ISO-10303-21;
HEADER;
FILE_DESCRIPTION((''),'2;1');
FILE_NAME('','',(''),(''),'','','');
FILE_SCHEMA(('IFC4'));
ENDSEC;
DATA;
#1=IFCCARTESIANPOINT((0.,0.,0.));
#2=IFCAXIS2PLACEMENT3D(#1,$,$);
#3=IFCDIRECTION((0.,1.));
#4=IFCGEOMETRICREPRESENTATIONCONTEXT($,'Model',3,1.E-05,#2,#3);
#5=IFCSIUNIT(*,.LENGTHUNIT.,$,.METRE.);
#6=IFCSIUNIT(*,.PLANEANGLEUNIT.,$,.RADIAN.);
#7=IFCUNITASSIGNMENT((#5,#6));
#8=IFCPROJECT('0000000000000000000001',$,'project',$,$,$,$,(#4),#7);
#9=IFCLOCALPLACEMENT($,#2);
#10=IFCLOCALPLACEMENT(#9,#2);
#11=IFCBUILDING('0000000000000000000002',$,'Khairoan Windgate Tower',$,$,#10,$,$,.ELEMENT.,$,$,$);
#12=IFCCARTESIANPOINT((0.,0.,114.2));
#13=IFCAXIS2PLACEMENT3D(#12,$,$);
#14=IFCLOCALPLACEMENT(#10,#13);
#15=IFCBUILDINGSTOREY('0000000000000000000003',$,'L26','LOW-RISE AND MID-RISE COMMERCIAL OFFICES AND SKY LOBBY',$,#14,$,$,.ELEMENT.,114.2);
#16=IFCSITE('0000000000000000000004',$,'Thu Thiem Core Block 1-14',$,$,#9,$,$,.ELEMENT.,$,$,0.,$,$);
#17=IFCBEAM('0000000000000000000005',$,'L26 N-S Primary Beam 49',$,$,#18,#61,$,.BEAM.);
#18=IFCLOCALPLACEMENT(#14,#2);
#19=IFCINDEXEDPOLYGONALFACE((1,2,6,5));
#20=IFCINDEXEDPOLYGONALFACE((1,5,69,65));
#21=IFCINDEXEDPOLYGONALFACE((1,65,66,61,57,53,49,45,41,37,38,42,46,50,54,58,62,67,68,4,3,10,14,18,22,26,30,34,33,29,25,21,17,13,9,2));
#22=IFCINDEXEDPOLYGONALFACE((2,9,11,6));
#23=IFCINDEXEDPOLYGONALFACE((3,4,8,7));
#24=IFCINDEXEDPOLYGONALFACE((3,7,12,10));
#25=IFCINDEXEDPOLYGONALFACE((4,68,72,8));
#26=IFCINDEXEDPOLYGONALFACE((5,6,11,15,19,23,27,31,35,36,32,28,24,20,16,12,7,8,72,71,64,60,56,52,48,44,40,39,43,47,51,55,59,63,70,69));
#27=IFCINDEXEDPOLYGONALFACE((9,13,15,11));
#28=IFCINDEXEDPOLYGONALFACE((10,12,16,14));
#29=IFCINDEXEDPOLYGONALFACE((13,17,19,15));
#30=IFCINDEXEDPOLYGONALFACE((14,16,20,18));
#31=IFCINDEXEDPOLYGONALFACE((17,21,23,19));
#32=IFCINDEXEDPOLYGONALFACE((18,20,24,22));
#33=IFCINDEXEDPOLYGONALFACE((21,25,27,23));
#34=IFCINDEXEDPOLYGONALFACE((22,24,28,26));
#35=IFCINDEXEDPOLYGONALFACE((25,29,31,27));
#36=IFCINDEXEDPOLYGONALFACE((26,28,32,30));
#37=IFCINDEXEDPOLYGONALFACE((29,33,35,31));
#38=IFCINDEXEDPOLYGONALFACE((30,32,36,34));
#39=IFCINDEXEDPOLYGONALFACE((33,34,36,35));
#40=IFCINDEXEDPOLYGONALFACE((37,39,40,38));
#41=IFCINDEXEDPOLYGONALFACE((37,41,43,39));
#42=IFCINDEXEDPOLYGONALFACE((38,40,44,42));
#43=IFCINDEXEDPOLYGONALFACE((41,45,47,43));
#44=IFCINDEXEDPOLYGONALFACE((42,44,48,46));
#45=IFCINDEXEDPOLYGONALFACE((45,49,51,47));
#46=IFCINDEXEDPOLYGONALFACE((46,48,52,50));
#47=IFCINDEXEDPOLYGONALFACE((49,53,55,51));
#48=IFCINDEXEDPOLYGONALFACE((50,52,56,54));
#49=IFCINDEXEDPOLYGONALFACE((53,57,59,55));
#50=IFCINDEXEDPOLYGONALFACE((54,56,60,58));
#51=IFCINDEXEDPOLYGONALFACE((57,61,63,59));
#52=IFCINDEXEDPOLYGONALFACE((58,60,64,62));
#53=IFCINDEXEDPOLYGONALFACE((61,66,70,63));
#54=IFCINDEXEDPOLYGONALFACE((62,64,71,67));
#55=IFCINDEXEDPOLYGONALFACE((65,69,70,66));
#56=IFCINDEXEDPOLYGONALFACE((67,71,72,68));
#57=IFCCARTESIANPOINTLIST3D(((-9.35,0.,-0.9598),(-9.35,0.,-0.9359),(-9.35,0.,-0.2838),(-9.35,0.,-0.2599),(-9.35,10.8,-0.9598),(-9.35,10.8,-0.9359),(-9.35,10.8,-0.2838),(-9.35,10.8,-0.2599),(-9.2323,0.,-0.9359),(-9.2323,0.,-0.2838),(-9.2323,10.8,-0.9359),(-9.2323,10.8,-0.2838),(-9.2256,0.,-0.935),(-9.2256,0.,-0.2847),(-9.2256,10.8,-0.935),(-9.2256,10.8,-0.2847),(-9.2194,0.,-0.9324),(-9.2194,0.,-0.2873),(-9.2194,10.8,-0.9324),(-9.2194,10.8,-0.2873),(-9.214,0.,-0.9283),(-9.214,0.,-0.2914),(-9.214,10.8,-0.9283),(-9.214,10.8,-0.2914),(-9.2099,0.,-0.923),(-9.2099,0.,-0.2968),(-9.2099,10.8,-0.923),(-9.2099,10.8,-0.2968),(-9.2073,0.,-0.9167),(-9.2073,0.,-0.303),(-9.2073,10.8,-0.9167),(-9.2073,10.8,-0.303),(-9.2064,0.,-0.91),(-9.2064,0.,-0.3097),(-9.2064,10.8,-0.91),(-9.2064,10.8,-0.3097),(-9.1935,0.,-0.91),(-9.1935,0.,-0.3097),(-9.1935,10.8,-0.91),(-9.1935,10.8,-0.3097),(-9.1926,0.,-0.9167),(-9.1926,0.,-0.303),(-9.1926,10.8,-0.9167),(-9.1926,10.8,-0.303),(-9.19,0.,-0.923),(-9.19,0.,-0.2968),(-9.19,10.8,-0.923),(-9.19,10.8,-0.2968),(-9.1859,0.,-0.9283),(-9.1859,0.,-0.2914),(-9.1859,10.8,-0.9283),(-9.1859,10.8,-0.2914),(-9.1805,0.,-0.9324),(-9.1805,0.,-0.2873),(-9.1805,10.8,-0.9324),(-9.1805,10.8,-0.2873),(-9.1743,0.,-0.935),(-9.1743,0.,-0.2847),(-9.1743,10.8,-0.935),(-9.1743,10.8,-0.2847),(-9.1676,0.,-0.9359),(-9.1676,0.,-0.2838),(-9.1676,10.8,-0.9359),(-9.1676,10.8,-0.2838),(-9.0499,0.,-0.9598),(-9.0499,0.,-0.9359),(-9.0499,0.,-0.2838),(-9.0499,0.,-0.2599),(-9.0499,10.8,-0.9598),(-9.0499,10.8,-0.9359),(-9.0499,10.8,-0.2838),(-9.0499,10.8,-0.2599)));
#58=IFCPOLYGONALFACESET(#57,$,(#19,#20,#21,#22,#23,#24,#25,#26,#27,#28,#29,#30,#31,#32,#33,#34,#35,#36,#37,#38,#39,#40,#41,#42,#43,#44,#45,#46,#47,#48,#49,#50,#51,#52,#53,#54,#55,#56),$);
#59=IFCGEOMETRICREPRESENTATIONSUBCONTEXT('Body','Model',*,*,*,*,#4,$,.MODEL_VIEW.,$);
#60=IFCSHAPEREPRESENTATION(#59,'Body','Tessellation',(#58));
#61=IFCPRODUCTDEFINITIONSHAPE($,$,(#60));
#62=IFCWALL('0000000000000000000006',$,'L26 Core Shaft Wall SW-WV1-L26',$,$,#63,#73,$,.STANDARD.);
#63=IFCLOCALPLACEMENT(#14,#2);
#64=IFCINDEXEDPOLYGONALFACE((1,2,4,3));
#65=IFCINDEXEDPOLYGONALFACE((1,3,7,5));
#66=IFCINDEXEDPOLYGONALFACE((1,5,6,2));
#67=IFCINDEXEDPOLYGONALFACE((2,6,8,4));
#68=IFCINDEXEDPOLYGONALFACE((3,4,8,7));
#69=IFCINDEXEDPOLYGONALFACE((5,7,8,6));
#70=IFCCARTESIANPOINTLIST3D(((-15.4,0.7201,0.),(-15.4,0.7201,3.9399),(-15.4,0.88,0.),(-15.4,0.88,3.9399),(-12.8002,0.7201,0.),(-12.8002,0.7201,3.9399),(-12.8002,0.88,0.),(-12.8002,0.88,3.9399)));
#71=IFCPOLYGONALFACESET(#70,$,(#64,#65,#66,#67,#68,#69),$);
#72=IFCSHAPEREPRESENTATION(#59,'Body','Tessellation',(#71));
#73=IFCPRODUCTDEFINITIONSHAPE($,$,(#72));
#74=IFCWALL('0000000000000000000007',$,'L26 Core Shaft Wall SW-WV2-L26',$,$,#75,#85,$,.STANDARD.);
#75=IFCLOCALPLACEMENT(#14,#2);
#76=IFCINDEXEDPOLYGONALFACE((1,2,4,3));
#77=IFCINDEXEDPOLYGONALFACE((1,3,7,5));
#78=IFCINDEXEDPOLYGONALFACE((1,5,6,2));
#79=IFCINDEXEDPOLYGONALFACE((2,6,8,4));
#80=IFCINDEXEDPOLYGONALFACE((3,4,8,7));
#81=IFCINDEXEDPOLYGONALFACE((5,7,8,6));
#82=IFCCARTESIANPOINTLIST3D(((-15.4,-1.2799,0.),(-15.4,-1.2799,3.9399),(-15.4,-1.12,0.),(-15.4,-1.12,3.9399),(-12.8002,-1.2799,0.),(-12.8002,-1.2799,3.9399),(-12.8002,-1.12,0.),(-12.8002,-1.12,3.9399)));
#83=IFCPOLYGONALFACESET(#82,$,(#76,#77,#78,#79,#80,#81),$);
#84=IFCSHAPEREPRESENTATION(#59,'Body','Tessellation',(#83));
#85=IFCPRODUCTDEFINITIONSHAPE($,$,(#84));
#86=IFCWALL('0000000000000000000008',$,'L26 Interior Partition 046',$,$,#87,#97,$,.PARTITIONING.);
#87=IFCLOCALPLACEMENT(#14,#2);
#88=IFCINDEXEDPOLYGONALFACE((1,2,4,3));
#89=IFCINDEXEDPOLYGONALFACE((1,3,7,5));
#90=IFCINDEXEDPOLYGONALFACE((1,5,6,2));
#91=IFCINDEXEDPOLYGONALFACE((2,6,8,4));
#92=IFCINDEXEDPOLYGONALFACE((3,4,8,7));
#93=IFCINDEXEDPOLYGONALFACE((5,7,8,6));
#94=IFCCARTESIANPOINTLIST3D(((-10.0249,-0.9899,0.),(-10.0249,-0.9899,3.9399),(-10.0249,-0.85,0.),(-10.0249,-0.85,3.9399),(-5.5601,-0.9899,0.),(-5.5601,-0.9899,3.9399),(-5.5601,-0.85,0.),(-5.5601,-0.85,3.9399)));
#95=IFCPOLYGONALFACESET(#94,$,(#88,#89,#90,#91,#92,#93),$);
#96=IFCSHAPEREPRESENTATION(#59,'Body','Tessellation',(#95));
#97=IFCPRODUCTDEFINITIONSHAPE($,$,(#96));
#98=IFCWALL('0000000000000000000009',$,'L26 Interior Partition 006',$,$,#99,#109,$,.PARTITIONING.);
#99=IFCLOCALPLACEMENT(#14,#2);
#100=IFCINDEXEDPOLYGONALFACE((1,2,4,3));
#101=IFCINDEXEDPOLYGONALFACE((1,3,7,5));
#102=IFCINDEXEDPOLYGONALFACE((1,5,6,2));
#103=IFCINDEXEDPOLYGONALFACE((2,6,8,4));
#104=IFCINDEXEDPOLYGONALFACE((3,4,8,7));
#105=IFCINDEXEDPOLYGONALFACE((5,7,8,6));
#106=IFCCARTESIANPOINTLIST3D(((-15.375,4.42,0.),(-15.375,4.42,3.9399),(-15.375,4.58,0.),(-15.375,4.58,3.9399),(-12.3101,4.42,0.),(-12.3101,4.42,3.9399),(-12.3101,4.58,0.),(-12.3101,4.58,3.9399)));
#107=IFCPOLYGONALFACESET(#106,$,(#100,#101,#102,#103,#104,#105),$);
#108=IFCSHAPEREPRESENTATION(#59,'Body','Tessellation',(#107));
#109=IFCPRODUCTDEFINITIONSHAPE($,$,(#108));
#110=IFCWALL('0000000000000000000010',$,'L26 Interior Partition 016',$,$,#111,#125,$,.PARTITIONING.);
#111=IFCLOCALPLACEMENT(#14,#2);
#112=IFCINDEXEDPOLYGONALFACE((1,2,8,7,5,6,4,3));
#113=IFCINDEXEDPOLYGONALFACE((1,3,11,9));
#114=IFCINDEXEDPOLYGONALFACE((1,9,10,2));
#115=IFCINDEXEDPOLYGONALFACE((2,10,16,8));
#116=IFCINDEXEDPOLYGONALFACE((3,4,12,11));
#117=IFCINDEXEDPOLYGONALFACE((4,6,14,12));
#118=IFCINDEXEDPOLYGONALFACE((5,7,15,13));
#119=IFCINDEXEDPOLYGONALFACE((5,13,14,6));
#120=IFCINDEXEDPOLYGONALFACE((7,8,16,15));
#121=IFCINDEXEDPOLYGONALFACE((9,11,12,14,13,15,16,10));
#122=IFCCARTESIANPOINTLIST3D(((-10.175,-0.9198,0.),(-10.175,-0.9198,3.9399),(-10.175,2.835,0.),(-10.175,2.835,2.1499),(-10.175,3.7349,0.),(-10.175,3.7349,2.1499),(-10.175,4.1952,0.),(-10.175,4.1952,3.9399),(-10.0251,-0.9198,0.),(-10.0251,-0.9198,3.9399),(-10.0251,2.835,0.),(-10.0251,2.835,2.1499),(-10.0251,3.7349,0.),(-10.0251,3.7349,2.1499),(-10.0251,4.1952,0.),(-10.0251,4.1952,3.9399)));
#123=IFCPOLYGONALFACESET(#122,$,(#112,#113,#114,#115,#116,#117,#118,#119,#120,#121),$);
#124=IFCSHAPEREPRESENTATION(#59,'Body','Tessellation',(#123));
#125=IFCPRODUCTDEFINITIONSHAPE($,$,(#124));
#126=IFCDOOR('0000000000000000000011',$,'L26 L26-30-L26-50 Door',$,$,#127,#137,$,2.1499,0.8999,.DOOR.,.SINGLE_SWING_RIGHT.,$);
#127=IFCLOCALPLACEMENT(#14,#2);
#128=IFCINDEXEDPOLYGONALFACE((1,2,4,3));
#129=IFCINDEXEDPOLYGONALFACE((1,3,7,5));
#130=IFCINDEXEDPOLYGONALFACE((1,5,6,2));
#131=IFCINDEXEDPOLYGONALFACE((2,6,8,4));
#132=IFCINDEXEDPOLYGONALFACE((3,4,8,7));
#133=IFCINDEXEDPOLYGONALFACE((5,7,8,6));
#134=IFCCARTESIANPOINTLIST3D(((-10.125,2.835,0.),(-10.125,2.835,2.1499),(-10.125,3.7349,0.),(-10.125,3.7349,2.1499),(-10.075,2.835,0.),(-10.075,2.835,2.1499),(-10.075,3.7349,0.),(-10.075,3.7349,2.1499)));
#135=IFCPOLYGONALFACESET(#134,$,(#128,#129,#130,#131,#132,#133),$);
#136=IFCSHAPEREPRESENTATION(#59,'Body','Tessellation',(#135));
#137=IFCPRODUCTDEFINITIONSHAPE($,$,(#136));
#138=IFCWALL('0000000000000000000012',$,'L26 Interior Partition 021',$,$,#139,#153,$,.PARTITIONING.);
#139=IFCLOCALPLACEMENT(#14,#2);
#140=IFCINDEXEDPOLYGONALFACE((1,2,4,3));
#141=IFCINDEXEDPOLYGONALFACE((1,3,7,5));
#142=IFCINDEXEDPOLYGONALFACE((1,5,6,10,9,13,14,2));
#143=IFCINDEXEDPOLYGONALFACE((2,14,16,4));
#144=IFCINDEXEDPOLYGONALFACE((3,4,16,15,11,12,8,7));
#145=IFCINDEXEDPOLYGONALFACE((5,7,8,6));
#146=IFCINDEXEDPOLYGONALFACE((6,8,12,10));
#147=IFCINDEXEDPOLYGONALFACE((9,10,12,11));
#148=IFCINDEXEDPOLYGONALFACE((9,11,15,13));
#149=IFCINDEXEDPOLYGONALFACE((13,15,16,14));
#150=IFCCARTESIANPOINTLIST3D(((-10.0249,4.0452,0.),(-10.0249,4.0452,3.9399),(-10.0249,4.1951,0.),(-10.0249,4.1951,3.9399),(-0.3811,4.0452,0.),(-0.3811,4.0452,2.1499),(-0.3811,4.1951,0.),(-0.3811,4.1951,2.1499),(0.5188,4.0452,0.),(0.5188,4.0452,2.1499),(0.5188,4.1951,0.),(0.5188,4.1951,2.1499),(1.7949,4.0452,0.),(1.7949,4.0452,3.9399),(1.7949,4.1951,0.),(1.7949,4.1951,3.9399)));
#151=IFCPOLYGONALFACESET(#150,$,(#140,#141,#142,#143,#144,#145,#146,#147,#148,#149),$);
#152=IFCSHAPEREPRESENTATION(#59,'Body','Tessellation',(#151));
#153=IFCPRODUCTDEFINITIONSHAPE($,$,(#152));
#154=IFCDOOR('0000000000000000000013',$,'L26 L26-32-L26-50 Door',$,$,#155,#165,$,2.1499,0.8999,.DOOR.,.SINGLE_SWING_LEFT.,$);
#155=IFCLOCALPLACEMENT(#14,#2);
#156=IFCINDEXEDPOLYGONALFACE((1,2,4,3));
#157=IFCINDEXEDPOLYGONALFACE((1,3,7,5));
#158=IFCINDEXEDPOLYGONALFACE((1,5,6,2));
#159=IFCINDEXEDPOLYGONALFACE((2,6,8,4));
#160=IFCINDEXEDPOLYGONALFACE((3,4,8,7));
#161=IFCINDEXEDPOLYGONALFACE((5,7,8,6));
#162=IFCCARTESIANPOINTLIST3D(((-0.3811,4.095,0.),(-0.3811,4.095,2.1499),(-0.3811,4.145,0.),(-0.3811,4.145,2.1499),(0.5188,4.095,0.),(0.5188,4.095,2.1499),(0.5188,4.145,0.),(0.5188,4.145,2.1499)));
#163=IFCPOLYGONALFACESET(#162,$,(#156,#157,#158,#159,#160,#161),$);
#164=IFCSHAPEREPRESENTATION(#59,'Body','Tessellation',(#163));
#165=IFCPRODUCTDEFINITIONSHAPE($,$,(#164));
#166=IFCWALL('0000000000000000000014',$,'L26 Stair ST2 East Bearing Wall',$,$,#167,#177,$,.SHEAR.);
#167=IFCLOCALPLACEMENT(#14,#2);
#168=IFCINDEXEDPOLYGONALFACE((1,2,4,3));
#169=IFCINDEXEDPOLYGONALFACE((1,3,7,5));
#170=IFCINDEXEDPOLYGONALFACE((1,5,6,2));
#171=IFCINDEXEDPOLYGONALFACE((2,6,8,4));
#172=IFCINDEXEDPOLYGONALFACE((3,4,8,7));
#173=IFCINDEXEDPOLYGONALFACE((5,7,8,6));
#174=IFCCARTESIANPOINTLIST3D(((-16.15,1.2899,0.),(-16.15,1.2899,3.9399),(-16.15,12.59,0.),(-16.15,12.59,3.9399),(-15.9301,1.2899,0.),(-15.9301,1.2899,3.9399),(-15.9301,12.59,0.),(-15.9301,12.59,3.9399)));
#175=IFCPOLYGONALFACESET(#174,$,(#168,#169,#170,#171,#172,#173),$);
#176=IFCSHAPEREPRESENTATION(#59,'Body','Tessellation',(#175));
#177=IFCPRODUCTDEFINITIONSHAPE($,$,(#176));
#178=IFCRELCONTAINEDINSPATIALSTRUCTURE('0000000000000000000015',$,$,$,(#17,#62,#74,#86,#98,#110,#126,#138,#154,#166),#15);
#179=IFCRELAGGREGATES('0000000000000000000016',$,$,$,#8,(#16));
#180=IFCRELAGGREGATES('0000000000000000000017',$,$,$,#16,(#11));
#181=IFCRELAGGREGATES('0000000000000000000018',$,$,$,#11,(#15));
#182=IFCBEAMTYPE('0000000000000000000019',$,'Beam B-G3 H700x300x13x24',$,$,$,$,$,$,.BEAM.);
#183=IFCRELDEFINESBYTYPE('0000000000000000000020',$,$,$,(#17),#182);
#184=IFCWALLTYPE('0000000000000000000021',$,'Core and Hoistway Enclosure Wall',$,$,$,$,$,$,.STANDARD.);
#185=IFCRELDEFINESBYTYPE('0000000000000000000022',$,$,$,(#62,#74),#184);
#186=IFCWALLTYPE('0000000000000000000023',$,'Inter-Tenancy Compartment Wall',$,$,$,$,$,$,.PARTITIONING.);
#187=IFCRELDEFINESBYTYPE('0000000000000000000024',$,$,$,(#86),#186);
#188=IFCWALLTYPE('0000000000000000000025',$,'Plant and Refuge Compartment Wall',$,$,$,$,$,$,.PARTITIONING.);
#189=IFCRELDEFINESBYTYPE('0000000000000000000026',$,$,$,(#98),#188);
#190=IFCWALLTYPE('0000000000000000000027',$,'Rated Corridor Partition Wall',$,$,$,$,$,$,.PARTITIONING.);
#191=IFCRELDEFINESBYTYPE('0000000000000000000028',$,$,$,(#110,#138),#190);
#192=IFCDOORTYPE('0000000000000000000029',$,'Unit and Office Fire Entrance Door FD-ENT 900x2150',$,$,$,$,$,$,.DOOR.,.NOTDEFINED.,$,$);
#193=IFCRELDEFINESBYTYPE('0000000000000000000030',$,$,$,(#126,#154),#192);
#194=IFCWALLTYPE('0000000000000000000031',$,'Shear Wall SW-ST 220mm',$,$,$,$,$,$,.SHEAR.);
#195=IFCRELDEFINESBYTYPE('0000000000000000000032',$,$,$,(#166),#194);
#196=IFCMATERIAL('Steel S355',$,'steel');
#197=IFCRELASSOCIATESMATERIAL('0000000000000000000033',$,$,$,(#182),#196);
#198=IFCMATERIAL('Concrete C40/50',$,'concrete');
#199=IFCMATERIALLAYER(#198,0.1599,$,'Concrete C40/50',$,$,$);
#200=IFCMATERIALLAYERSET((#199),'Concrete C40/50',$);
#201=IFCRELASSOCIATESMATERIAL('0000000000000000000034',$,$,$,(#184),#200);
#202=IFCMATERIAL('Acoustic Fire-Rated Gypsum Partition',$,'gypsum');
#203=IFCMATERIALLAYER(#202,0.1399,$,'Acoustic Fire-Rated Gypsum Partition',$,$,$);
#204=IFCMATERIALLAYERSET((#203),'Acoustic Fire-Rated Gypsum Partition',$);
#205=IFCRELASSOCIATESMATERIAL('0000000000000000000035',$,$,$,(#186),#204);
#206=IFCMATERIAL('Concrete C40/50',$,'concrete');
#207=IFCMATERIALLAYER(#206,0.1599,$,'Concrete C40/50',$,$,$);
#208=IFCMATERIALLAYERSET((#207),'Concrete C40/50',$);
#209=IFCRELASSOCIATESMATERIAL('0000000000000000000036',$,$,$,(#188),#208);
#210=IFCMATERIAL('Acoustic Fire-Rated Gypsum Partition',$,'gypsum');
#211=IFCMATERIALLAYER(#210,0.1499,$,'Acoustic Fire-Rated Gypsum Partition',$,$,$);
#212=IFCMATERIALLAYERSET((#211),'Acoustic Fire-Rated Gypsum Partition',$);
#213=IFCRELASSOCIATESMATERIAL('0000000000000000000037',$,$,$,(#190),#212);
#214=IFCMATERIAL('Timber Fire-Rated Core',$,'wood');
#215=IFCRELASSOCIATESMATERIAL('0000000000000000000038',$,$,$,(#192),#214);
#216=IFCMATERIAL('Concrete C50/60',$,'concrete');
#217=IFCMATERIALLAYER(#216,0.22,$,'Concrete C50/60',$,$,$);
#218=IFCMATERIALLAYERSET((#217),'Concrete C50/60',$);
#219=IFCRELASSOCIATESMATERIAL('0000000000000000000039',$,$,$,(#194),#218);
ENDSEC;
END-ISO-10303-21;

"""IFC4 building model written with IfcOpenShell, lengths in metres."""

from ifc_helpers import new_model, si_unit, direction, frame, frame_2d, origin, origin_2d, place, context, subcontext, project, spatial, rectangle, i_section, extrude, material, layer, layer_set, material_profile, profile_set, type_object, element, fill, save


model = new_model("IFC4")

# Units and contexts
model_context = context("Model", 3, precision=1e-05, world=origin(), true_north=direction((0.0, 1.0)))
body_context = subcontext(model_context, "Body", "Model", "MODEL_VIEW")
ifc_project = project(units=[si_unit("LENGTHUNIT", "METRE"), si_unit("PLANEANGLEUNIT", "RADIAN")], contexts=[model_context])

# Site, building, storey
site_placement = place(None, origin())
site = spatial("IfcSite", under=ifc_project, at=site_placement, Name="Thu Thiem Core Block 1-14", CompositionType="ELEMENT", RefElevation=0.0)
building_placement = place(site_placement, origin())
building = spatial("IfcBuilding", under=site, at=building_placement, Name="Khairoan Windgate Tower", CompositionType="ELEMENT")
storey_placement = place(building_placement, frame((0.0, 0.0, 114.2)))
storey = spatial("IfcBuildingStorey", under=building, at=storey_placement, Name="L26", Description="LOW-RISE AND MID-RISE COMMERCIAL OFFICES AND SKY LOBBY", CompositionType="ELEMENT", Elevation=114.2)

# Beam
ifc_material_1 = material(Name="Steel S355", Category="steel")
ifc_material_profile_1 = material_profile(ifc_material_1, i_section(OverallWidth=0.3, OverallDepth=0.7, WebThickness=0.0129, FlangeThickness=0.0239, FilletRadius=0.0259, at=origin_2d()))
ifc_profile_set_1 = profile_set([ifc_material_profile_1], Name="Steel S355")
beam_type = type_object("IfcBeamType", Name="Beam B-G3 H700x300x13x24", PredefinedType="BEAM", material=ifc_profile_set_1)
for number, where, z_axis, x_axis, name in (
    (1, (-9.2, 0.0, -0.6099), (0.0, 1.0, 0.0), (-1.0, 0.0, 0.0), "L26 N-S Primary Beam 49"),
):
    element("IfcBeam", number, at=place(storey_placement, frame(where, z_axis=z_axis, x_axis=x_axis)), inside=storey, type_object=beam_type, Name=name, PredefinedType="BEAM", context=body_context, shape_type="SweptSolid", body=[
        extrude(i_section(OverallWidth=0.3, OverallDepth=0.7, WebThickness=0.0129, FlangeThickness=0.0239, FilletRadius=0.0259, at=origin_2d()), origin(), (0.0, 0.0, 1.0), 10.8),
    ])

# Walls
ifc_material_2 = material(Name="Concrete C40/50", Category="concrete")
ifc_layer_1 = layer(ifc_material_2, 0.1599, Name="Concrete C40/50")
ifc_layer_set_1 = layer_set([ifc_layer_1], Name="Concrete C40/50")
wall_type_1 = type_object("IfcWallType", Name="Core and Hoistway Enclosure Wall", PredefinedType="STANDARD", material=ifc_layer_set_1)
for number, where, z_axis, x_axis, name in (
    (2, (-15.3999, 0.8, 0.0), (0.0, 0.0, 1.0), (1.0, 0.0, 0.0), "L26 Core Shaft Wall SW-WV1-L26"),
    (3, (-15.3999, -1.2, 0.0), (0.0, 0.0, 1.0), (1.0, 0.0, 0.0), "L26 Core Shaft Wall SW-WV2-L26"),
):
    element("IfcWall", number, at=place(storey_placement, frame(where, z_axis=z_axis, x_axis=x_axis)), inside=storey, type_object=wall_type_1, Name=name, PredefinedType="STANDARD", context=body_context, shape_type="SweptSolid", body=[
        extrude(rectangle(XDim=2.5999, YDim=0.1599, at=frame_2d((1.2998, 0.0))), origin(), (0.0, 0.0, 1.0), 3.9399),
    ])
ifc_material_3 = material(Name="Acoustic Fire-Rated Gypsum Partition", Category="gypsum")
ifc_layer_2 = layer(ifc_material_3, 0.1399, Name="Acoustic Fire-Rated Gypsum Partition")
ifc_layer_set_2 = layer_set([ifc_layer_2], Name="Acoustic Fire-Rated Gypsum Partition")
wall_type_2 = type_object("IfcWallType", Name="Inter-Tenancy Compartment Wall", PredefinedType="PARTITIONING", material=ifc_layer_set_2)
wall_1_placement = place(storey_placement, frame((-10.0249, -0.9199, 0.0), z_axis=(0.0, 0.0, 1.0), x_axis=(1.0, 0.0, 0.0)))
element("IfcWall", 4, at=wall_1_placement, inside=storey, type_object=wall_type_2, Name="L26 Interior Partition 046", PredefinedType="PARTITIONING", context=body_context, shape_type="SweptSolid", body=[
    extrude(rectangle(XDim=4.4648, YDim=0.1399, at=frame_2d((2.2324, 0.0))), origin(), (0.0, 0.0, 1.0), 3.9399),
])
ifc_material_4 = material(Name="Concrete C40/50", Category="concrete")
ifc_layer_3 = layer(ifc_material_4, 0.1599, Name="Concrete C40/50")
ifc_layer_set_3 = layer_set([ifc_layer_3], Name="Concrete C40/50")
wall_type_3 = type_object("IfcWallType", Name="Plant and Refuge Compartment Wall", PredefinedType="PARTITIONING", material=ifc_layer_set_3)
wall_2_placement = place(storey_placement, frame((-15.375, 4.5, 0.0), z_axis=(0.0, 0.0, 1.0), x_axis=(1.0, 0.0, 0.0)))
element("IfcWall", 5, at=wall_2_placement, inside=storey, type_object=wall_type_3, Name="L26 Interior Partition 006", PredefinedType="PARTITIONING", context=body_context, shape_type="SweptSolid", body=[
    extrude(rectangle(XDim=3.0649, YDim=0.1599, at=frame_2d((1.5325, 0.0))), origin(), (0.0, 0.0, 1.0), 3.9399),
])

# Walls, openings, doors
ifc_material_5 = material(Name="Acoustic Fire-Rated Gypsum Partition", Category="gypsum")
ifc_layer_4 = layer(ifc_material_5, 0.1499, Name="Acoustic Fire-Rated Gypsum Partition")
ifc_layer_set_4 = layer_set([ifc_layer_4], Name="Acoustic Fire-Rated Gypsum Partition")
wall_type_4 = type_object("IfcWallType", Name="Rated Corridor Partition Wall", PredefinedType="PARTITIONING", material=ifc_layer_set_4)
wall_3_placement = place(storey_placement, frame((-10.1001, -0.9199, 0.0), z_axis=(0.0, 0.0, 1.0), x_axis=(0.0, 1.0, 0.0)))
wall_3 = element("IfcWall", 6, at=wall_3_placement, inside=storey, type_object=wall_type_4, Name="L26 Interior Partition 016", PredefinedType="PARTITIONING", context=body_context, shape_type="SweptSolid", body=[
    extrude(rectangle(XDim=5.115, YDim=0.1499, at=frame_2d((2.5576, 0.0))), origin(), (0.0, 0.0, 1.0), 3.9399),
])
opening_1_placement = place(wall_3_placement, frame((3.7549, 0.0, 0.0)))
opening_1 = element("IfcOpeningElement", 7, at=opening_1_placement, cuts=wall_3, PredefinedType="OPENING", context=body_context, shape_type="SweptSolid", body=[
    extrude(rectangle(XDim=0.8999, YDim=2.1499, at=frame_2d((0.45, 1.075))), frame((0.0, 0.085, 0.0), z_axis=(0.0, -1.0, 0.0), x_axis=(1.0, 0.0, 0.0)), (0.0, 0.0, 1.0), 0.1699),
])
ifc_material_6 = material(Name="Timber Fire-Rated Core", Category="wood")
door_type = type_object("IfcDoorType", Name="Unit and Office Fire Entrance Door FD-ENT 900x2150", OperationType="NOTDEFINED", PredefinedType="DOOR", material=ifc_material_6)
door_1_placement = place(opening_1_placement, origin())
door_1 = element("IfcDoor", 8, at=door_1_placement, inside=storey, type_object=door_type, Name="L26 L26-30-L26-50 Door", OperationType="SINGLE_SWING_RIGHT", OverallHeight=2.1499, OverallWidth=0.8999, PredefinedType="DOOR", context=body_context, shape_type="SweptSolid", body=[
    extrude(rectangle(XDim=0.8999, YDim=2.1499, at=frame_2d((0.45, 1.075))), frame((0.0, 0.0249, 0.0), z_axis=(0.0, -1.0, 0.0), x_axis=(1.0, 0.0, 0.0)), (0.0, 0.0, 1.0), 0.05),
])
fill(opening_1, door_1)
wall_4_placement = place(storey_placement, frame((-10.0249, 4.1201, 0.0), z_axis=(0.0, 0.0, 1.0), x_axis=(1.0, 0.0, 0.0)))
wall_4 = element("IfcWall", 9, at=wall_4_placement, inside=storey, type_object=wall_type_4, Name="L26 Interior Partition 021", PredefinedType="PARTITIONING", context=body_context, shape_type="SweptSolid", body=[
    extrude(rectangle(XDim=11.8198, YDim=0.1499, at=frame_2d((5.9099, 0.0))), origin(), (0.0, 0.0, 1.0), 3.9399),
])
opening_2_placement = place(wall_4_placement, frame((9.6438, 0.0, 0.0)))
opening_2 = element("IfcOpeningElement", 10, at=opening_2_placement, cuts=wall_4, PredefinedType="OPENING", context=body_context, shape_type="SweptSolid", body=[
    extrude(rectangle(XDim=0.8999, YDim=2.1499, at=frame_2d((0.45, 1.075))), frame((0.0, 0.085, 0.0), z_axis=(0.0, -1.0, 0.0), x_axis=(1.0, 0.0, 0.0)), (0.0, 0.0, 1.0), 0.1699),
])
door_2_placement = place(opening_2_placement, origin())
door_2 = element("IfcDoor", 11, at=door_2_placement, inside=storey, type_object=door_type, Name="L26 L26-32-L26-50 Door", OperationType="SINGLE_SWING_LEFT", OverallHeight=2.1499, OverallWidth=0.8999, PredefinedType="DOOR", context=body_context, shape_type="SweptSolid", body=[
    extrude(rectangle(XDim=0.8999, YDim=2.1499, at=frame_2d((0.45, 1.075))), frame((0.0, 0.0249, 0.0), z_axis=(0.0, -1.0, 0.0), x_axis=(1.0, 0.0, 0.0)), (0.0, 0.0, 1.0), 0.05),
])
fill(opening_2, door_2)

# Wall
ifc_material_7 = material(Name="Concrete C50/60", Category="concrete")
ifc_layer_5 = layer(ifc_material_7, 0.22, Name="Concrete C50/60")
ifc_layer_set_5 = layer_set([ifc_layer_5], Name="Concrete C50/60")
wall_type_5 = type_object("IfcWallType", Name="Shear Wall SW-ST 220mm", PredefinedType="SHEAR", material=ifc_layer_set_5)
wall_5_placement = place(storey_placement, frame((-16.04, 1.29, 0.0), z_axis=(0.0, 0.0, 1.0), x_axis=(0.0, 1.0, 0.0)))
element("IfcWall", 12, at=wall_5_placement, inside=storey, type_object=wall_type_5, Name="L26 Stair ST2 East Bearing Wall", PredefinedType="SHEAR", context=body_context, shape_type="SweptSolid", body=[
    extrude(rectangle(XDim=11.3, YDim=0.22, at=frame_2d((5.6499, 0.0))), origin(), (0.0, 0.0, 1.0), 3.9399),
])

save(model, "model.ifc")
